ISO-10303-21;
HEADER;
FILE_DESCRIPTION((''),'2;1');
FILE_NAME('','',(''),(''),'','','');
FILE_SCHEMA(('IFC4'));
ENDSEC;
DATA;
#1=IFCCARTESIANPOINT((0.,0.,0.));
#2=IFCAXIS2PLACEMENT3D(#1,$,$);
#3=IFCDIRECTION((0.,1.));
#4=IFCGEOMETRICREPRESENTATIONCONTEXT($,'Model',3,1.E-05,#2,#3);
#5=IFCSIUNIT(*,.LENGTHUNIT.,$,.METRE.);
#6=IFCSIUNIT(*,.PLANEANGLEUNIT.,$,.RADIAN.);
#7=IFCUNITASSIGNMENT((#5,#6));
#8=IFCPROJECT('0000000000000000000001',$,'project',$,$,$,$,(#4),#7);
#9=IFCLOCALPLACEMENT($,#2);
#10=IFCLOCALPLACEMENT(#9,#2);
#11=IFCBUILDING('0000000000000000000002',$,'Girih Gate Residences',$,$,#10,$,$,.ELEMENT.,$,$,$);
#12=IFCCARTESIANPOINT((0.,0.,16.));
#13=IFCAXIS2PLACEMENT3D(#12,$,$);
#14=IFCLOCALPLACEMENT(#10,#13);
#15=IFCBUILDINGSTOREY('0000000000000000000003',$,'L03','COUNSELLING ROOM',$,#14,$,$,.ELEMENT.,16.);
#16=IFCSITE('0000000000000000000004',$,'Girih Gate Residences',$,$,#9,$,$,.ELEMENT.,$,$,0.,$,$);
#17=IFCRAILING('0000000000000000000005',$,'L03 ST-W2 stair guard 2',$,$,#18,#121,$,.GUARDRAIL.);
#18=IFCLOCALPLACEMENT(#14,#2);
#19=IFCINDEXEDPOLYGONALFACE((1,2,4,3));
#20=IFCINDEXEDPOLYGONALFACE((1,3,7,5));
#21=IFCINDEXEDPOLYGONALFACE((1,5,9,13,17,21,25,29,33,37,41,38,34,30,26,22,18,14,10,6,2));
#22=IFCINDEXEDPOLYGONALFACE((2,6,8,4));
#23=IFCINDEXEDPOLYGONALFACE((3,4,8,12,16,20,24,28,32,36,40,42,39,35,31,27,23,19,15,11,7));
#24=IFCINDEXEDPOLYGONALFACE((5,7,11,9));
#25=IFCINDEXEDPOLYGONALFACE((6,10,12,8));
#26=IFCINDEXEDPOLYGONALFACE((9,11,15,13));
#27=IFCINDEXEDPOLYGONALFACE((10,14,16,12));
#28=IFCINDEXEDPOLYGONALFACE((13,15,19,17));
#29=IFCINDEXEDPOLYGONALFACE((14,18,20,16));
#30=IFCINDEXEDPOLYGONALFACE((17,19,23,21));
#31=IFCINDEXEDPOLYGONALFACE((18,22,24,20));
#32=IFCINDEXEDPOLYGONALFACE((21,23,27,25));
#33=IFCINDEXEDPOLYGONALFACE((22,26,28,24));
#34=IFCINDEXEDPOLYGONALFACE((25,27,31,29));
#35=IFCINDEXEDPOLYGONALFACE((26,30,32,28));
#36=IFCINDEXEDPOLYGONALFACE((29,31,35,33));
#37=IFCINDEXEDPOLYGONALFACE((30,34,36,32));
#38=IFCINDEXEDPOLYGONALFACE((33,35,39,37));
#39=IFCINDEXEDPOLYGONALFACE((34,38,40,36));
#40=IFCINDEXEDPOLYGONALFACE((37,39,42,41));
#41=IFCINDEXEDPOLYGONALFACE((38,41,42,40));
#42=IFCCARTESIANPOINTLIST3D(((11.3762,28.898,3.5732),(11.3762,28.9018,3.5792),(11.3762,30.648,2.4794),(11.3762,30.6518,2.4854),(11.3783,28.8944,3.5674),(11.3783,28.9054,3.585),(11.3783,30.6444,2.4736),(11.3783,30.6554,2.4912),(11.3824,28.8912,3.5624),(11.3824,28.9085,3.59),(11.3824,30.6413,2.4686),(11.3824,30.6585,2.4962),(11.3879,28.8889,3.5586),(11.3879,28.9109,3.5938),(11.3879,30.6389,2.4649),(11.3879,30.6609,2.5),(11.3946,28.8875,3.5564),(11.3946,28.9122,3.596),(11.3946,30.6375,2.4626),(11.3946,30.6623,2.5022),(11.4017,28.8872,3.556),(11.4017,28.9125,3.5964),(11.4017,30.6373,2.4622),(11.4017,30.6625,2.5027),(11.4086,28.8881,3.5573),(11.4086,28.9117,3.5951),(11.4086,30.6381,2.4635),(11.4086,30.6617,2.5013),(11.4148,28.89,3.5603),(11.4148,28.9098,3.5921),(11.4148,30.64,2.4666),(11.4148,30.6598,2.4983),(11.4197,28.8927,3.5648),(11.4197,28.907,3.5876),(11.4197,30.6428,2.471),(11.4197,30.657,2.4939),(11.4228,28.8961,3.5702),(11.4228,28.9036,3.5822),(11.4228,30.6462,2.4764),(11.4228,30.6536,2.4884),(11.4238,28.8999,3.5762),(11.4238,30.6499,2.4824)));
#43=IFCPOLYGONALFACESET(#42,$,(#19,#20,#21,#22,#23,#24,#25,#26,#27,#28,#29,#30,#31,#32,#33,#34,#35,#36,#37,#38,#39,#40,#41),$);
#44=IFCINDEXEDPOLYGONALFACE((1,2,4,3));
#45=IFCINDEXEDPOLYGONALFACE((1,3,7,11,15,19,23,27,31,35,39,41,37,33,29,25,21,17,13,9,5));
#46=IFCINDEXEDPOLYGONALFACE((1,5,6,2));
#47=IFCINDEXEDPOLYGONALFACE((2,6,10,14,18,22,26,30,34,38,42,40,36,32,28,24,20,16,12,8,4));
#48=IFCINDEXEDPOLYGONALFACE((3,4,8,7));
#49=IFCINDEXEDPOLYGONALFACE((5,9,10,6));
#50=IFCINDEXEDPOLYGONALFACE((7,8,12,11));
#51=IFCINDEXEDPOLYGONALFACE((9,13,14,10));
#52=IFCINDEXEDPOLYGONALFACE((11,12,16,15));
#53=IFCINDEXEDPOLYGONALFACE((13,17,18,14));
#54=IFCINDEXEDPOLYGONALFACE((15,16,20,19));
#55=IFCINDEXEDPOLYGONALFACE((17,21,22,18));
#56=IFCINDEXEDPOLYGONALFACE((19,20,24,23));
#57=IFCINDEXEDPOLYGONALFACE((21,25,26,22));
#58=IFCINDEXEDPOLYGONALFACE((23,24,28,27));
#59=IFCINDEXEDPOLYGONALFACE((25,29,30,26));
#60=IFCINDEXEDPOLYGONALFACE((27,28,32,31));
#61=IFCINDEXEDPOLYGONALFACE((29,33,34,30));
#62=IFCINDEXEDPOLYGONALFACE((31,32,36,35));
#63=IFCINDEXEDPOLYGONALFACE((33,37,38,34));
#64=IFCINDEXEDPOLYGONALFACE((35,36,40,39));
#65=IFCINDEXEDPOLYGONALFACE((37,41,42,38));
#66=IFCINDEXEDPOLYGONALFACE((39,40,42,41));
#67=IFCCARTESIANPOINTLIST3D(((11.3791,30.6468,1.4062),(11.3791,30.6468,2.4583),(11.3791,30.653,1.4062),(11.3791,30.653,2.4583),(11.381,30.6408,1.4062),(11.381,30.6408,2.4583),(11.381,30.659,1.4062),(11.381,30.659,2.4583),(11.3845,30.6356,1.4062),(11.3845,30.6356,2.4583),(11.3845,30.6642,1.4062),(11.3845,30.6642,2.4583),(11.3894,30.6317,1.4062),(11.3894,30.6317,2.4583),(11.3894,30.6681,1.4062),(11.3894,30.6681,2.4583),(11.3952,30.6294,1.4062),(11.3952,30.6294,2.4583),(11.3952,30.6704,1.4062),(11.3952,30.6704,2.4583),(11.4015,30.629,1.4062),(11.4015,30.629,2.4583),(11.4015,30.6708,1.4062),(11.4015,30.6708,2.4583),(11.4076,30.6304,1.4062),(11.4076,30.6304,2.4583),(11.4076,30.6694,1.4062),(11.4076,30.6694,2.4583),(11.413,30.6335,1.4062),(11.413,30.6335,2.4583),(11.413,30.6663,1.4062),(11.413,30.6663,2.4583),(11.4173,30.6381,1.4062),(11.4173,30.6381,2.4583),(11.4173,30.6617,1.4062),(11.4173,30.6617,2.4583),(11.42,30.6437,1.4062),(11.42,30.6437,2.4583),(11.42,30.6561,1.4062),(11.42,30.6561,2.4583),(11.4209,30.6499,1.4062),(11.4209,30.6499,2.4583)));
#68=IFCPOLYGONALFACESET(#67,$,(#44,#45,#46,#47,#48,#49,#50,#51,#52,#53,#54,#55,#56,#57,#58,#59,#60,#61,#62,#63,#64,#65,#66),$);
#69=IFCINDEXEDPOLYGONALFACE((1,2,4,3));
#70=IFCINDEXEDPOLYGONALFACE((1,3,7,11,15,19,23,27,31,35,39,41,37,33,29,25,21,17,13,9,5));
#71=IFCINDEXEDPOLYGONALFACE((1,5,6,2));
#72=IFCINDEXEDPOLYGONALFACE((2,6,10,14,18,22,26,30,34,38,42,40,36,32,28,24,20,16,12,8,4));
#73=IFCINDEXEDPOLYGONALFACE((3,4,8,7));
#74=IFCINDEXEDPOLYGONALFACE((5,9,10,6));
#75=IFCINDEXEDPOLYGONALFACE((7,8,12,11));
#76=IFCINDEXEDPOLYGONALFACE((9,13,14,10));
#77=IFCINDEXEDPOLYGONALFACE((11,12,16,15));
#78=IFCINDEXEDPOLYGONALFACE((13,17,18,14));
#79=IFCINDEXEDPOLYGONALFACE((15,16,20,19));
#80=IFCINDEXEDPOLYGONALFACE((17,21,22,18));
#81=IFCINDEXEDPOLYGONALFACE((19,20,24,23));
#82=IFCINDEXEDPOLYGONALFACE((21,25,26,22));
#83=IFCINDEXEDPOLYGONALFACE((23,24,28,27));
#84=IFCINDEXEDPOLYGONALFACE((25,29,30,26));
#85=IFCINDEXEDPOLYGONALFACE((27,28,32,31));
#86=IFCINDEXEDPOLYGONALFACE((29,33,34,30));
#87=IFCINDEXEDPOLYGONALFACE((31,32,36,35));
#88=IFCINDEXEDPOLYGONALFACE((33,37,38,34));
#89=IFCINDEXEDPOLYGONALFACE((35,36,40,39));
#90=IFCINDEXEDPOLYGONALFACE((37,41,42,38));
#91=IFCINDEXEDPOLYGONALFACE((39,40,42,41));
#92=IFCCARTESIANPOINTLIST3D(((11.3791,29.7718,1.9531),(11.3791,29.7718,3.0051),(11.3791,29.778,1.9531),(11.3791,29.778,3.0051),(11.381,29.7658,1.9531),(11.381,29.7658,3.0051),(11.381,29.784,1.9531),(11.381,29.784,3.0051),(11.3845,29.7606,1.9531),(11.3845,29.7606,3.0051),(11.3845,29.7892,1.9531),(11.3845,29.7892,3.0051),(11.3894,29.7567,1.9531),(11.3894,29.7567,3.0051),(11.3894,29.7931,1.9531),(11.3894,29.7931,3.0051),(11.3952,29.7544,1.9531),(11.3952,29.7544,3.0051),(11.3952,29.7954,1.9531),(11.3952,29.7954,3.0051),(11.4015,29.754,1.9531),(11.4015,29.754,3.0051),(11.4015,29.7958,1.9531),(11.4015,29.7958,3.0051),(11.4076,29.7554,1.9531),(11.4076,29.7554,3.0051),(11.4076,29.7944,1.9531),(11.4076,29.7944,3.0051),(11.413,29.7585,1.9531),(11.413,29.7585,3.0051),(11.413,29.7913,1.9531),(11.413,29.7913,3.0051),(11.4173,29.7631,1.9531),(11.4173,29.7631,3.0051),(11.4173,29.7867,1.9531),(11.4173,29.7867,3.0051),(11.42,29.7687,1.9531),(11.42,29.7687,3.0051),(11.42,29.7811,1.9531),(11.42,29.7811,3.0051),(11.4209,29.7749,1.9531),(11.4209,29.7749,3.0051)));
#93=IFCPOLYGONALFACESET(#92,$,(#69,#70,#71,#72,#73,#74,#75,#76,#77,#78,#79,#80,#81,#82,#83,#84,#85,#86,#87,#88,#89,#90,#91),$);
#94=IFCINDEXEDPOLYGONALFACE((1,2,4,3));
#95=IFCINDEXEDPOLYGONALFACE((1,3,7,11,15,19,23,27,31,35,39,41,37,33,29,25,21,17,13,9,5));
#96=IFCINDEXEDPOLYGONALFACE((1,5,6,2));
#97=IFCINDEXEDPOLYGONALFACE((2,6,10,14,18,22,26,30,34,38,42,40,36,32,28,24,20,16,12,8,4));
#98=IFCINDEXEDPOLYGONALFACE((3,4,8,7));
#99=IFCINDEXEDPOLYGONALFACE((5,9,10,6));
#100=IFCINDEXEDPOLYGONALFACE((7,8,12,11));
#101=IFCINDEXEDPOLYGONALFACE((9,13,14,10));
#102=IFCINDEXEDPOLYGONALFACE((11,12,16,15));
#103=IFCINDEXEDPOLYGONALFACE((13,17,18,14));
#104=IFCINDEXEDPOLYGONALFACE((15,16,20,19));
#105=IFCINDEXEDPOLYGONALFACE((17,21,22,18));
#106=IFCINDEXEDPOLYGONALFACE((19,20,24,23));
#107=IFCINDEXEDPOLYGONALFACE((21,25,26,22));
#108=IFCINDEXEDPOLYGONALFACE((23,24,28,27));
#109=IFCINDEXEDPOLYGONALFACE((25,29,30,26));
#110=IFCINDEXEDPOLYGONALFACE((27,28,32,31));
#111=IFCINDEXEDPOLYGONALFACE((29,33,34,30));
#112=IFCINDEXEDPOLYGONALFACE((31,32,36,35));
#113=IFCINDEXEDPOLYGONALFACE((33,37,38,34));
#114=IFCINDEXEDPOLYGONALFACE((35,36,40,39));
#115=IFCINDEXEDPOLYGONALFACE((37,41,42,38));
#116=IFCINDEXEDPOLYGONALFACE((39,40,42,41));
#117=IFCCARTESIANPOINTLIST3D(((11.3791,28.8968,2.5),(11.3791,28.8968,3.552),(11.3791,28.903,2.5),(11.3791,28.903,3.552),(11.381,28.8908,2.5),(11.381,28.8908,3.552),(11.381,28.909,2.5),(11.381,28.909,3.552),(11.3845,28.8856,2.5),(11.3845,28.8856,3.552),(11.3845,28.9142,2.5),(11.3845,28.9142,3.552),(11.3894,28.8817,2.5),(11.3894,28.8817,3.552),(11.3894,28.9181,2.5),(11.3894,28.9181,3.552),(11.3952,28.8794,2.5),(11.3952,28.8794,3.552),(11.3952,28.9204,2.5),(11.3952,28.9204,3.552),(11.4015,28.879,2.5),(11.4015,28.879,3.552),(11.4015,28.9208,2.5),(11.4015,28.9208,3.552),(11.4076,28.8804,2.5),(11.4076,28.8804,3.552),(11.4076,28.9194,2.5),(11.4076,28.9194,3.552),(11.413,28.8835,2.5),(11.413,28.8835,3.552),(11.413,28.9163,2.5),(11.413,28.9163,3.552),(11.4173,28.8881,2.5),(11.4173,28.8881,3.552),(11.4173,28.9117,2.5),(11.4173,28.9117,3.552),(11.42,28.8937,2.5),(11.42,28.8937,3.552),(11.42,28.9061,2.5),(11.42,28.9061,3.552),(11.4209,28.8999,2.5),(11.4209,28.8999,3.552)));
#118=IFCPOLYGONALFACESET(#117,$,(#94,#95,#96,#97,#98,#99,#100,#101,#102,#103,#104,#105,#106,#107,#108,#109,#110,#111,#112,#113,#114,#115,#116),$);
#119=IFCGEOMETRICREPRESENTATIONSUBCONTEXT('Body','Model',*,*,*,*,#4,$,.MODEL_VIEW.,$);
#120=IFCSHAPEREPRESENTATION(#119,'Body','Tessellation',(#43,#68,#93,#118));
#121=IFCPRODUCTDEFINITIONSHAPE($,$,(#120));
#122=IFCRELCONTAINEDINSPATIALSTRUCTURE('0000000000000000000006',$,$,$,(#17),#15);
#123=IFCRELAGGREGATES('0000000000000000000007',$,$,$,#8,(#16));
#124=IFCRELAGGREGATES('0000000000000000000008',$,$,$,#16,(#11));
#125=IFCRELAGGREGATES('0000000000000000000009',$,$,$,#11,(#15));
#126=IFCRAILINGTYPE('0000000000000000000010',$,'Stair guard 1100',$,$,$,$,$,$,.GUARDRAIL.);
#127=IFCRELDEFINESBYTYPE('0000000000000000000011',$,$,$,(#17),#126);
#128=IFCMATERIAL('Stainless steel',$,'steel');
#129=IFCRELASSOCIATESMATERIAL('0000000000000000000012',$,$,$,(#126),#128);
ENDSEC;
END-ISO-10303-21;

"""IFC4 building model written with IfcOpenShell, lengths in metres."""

from ifc_helpers import new_model, si_unit, direction, frame, origin, origin_2d, place, context, subcontext, project, spatial, circle, extrude, material, type_object, element, save


model = new_model("IFC4")

# Units and contexts
model_context = context("Model", 3, precision=1e-05, world=origin(), true_north=direction((0.0, 1.0)))
body_context = subcontext(model_context, "Body", "Model", "MODEL_VIEW")
ifc_project = project(units=[si_unit("LENGTHUNIT", "METRE"), si_unit("PLANEANGLEUNIT", "RADIAN")], contexts=[model_context])

# Site, building, storey
site_placement = place(None, origin())
site = spatial("IfcSite", under=ifc_project, at=site_placement, Name="Girih Gate Residences", CompositionType="ELEMENT", RefElevation=0.0)
building_placement = place(site_placement, origin())
building = spatial("IfcBuilding", under=site, at=building_placement, Name="Girih Gate Residences", CompositionType="ELEMENT")
storey_placement = place(building_placement, frame((0.0, 0.0, 16.0)))
storey = spatial("IfcBuildingStorey", under=building, at=storey_placement, Name="L03", Description="COUNSELLING ROOM", CompositionType="ELEMENT", Elevation=16.0)

# Railing
ifc_material_1 = material(Name="Stainless steel", Category="steel")
railing_type_1 = type_object("IfcRailingType", Name="Stair guard 1100", PredefinedType="GUARDRAIL", material=ifc_material_1)
railing_1_placement = place(storey_placement, frame((11.3999, 30.6499, 1.4062)))
element("IfcRailing", 1, at=railing_1_placement, inside=storey, type_object=railing_type_1, Name="L03 ST-W2 stair guard 2", PredefinedType="GUARDRAIL", context=body_context, shape_type="SweptSolid", body=[
    extrude(circle(Radius=0.0239, at=origin_2d()), frame((0.0, 0.0, 1.0762), z_axis=(0.0, -0.847998, 0.529999), x_axis=(1.0, 0.0, 0.0)), (0.0, 0.0, 1.0), 2.0637),
    extrude(circle(Radius=0.021, at=origin_2d()), origin(), (0.0, 0.0, 1.0), 1.052),
    extrude(circle(Radius=0.021, at=origin_2d()), frame((0.0, -0.875, 0.5469)), (0.0, 0.0, 1.0), 1.052),
    extrude(circle(Radius=0.021, at=origin_2d()), frame((0.0, -1.75, 1.0938)), (0.0, 0.0, 1.0), 1.052),
])

save(model, "model.ifc")
